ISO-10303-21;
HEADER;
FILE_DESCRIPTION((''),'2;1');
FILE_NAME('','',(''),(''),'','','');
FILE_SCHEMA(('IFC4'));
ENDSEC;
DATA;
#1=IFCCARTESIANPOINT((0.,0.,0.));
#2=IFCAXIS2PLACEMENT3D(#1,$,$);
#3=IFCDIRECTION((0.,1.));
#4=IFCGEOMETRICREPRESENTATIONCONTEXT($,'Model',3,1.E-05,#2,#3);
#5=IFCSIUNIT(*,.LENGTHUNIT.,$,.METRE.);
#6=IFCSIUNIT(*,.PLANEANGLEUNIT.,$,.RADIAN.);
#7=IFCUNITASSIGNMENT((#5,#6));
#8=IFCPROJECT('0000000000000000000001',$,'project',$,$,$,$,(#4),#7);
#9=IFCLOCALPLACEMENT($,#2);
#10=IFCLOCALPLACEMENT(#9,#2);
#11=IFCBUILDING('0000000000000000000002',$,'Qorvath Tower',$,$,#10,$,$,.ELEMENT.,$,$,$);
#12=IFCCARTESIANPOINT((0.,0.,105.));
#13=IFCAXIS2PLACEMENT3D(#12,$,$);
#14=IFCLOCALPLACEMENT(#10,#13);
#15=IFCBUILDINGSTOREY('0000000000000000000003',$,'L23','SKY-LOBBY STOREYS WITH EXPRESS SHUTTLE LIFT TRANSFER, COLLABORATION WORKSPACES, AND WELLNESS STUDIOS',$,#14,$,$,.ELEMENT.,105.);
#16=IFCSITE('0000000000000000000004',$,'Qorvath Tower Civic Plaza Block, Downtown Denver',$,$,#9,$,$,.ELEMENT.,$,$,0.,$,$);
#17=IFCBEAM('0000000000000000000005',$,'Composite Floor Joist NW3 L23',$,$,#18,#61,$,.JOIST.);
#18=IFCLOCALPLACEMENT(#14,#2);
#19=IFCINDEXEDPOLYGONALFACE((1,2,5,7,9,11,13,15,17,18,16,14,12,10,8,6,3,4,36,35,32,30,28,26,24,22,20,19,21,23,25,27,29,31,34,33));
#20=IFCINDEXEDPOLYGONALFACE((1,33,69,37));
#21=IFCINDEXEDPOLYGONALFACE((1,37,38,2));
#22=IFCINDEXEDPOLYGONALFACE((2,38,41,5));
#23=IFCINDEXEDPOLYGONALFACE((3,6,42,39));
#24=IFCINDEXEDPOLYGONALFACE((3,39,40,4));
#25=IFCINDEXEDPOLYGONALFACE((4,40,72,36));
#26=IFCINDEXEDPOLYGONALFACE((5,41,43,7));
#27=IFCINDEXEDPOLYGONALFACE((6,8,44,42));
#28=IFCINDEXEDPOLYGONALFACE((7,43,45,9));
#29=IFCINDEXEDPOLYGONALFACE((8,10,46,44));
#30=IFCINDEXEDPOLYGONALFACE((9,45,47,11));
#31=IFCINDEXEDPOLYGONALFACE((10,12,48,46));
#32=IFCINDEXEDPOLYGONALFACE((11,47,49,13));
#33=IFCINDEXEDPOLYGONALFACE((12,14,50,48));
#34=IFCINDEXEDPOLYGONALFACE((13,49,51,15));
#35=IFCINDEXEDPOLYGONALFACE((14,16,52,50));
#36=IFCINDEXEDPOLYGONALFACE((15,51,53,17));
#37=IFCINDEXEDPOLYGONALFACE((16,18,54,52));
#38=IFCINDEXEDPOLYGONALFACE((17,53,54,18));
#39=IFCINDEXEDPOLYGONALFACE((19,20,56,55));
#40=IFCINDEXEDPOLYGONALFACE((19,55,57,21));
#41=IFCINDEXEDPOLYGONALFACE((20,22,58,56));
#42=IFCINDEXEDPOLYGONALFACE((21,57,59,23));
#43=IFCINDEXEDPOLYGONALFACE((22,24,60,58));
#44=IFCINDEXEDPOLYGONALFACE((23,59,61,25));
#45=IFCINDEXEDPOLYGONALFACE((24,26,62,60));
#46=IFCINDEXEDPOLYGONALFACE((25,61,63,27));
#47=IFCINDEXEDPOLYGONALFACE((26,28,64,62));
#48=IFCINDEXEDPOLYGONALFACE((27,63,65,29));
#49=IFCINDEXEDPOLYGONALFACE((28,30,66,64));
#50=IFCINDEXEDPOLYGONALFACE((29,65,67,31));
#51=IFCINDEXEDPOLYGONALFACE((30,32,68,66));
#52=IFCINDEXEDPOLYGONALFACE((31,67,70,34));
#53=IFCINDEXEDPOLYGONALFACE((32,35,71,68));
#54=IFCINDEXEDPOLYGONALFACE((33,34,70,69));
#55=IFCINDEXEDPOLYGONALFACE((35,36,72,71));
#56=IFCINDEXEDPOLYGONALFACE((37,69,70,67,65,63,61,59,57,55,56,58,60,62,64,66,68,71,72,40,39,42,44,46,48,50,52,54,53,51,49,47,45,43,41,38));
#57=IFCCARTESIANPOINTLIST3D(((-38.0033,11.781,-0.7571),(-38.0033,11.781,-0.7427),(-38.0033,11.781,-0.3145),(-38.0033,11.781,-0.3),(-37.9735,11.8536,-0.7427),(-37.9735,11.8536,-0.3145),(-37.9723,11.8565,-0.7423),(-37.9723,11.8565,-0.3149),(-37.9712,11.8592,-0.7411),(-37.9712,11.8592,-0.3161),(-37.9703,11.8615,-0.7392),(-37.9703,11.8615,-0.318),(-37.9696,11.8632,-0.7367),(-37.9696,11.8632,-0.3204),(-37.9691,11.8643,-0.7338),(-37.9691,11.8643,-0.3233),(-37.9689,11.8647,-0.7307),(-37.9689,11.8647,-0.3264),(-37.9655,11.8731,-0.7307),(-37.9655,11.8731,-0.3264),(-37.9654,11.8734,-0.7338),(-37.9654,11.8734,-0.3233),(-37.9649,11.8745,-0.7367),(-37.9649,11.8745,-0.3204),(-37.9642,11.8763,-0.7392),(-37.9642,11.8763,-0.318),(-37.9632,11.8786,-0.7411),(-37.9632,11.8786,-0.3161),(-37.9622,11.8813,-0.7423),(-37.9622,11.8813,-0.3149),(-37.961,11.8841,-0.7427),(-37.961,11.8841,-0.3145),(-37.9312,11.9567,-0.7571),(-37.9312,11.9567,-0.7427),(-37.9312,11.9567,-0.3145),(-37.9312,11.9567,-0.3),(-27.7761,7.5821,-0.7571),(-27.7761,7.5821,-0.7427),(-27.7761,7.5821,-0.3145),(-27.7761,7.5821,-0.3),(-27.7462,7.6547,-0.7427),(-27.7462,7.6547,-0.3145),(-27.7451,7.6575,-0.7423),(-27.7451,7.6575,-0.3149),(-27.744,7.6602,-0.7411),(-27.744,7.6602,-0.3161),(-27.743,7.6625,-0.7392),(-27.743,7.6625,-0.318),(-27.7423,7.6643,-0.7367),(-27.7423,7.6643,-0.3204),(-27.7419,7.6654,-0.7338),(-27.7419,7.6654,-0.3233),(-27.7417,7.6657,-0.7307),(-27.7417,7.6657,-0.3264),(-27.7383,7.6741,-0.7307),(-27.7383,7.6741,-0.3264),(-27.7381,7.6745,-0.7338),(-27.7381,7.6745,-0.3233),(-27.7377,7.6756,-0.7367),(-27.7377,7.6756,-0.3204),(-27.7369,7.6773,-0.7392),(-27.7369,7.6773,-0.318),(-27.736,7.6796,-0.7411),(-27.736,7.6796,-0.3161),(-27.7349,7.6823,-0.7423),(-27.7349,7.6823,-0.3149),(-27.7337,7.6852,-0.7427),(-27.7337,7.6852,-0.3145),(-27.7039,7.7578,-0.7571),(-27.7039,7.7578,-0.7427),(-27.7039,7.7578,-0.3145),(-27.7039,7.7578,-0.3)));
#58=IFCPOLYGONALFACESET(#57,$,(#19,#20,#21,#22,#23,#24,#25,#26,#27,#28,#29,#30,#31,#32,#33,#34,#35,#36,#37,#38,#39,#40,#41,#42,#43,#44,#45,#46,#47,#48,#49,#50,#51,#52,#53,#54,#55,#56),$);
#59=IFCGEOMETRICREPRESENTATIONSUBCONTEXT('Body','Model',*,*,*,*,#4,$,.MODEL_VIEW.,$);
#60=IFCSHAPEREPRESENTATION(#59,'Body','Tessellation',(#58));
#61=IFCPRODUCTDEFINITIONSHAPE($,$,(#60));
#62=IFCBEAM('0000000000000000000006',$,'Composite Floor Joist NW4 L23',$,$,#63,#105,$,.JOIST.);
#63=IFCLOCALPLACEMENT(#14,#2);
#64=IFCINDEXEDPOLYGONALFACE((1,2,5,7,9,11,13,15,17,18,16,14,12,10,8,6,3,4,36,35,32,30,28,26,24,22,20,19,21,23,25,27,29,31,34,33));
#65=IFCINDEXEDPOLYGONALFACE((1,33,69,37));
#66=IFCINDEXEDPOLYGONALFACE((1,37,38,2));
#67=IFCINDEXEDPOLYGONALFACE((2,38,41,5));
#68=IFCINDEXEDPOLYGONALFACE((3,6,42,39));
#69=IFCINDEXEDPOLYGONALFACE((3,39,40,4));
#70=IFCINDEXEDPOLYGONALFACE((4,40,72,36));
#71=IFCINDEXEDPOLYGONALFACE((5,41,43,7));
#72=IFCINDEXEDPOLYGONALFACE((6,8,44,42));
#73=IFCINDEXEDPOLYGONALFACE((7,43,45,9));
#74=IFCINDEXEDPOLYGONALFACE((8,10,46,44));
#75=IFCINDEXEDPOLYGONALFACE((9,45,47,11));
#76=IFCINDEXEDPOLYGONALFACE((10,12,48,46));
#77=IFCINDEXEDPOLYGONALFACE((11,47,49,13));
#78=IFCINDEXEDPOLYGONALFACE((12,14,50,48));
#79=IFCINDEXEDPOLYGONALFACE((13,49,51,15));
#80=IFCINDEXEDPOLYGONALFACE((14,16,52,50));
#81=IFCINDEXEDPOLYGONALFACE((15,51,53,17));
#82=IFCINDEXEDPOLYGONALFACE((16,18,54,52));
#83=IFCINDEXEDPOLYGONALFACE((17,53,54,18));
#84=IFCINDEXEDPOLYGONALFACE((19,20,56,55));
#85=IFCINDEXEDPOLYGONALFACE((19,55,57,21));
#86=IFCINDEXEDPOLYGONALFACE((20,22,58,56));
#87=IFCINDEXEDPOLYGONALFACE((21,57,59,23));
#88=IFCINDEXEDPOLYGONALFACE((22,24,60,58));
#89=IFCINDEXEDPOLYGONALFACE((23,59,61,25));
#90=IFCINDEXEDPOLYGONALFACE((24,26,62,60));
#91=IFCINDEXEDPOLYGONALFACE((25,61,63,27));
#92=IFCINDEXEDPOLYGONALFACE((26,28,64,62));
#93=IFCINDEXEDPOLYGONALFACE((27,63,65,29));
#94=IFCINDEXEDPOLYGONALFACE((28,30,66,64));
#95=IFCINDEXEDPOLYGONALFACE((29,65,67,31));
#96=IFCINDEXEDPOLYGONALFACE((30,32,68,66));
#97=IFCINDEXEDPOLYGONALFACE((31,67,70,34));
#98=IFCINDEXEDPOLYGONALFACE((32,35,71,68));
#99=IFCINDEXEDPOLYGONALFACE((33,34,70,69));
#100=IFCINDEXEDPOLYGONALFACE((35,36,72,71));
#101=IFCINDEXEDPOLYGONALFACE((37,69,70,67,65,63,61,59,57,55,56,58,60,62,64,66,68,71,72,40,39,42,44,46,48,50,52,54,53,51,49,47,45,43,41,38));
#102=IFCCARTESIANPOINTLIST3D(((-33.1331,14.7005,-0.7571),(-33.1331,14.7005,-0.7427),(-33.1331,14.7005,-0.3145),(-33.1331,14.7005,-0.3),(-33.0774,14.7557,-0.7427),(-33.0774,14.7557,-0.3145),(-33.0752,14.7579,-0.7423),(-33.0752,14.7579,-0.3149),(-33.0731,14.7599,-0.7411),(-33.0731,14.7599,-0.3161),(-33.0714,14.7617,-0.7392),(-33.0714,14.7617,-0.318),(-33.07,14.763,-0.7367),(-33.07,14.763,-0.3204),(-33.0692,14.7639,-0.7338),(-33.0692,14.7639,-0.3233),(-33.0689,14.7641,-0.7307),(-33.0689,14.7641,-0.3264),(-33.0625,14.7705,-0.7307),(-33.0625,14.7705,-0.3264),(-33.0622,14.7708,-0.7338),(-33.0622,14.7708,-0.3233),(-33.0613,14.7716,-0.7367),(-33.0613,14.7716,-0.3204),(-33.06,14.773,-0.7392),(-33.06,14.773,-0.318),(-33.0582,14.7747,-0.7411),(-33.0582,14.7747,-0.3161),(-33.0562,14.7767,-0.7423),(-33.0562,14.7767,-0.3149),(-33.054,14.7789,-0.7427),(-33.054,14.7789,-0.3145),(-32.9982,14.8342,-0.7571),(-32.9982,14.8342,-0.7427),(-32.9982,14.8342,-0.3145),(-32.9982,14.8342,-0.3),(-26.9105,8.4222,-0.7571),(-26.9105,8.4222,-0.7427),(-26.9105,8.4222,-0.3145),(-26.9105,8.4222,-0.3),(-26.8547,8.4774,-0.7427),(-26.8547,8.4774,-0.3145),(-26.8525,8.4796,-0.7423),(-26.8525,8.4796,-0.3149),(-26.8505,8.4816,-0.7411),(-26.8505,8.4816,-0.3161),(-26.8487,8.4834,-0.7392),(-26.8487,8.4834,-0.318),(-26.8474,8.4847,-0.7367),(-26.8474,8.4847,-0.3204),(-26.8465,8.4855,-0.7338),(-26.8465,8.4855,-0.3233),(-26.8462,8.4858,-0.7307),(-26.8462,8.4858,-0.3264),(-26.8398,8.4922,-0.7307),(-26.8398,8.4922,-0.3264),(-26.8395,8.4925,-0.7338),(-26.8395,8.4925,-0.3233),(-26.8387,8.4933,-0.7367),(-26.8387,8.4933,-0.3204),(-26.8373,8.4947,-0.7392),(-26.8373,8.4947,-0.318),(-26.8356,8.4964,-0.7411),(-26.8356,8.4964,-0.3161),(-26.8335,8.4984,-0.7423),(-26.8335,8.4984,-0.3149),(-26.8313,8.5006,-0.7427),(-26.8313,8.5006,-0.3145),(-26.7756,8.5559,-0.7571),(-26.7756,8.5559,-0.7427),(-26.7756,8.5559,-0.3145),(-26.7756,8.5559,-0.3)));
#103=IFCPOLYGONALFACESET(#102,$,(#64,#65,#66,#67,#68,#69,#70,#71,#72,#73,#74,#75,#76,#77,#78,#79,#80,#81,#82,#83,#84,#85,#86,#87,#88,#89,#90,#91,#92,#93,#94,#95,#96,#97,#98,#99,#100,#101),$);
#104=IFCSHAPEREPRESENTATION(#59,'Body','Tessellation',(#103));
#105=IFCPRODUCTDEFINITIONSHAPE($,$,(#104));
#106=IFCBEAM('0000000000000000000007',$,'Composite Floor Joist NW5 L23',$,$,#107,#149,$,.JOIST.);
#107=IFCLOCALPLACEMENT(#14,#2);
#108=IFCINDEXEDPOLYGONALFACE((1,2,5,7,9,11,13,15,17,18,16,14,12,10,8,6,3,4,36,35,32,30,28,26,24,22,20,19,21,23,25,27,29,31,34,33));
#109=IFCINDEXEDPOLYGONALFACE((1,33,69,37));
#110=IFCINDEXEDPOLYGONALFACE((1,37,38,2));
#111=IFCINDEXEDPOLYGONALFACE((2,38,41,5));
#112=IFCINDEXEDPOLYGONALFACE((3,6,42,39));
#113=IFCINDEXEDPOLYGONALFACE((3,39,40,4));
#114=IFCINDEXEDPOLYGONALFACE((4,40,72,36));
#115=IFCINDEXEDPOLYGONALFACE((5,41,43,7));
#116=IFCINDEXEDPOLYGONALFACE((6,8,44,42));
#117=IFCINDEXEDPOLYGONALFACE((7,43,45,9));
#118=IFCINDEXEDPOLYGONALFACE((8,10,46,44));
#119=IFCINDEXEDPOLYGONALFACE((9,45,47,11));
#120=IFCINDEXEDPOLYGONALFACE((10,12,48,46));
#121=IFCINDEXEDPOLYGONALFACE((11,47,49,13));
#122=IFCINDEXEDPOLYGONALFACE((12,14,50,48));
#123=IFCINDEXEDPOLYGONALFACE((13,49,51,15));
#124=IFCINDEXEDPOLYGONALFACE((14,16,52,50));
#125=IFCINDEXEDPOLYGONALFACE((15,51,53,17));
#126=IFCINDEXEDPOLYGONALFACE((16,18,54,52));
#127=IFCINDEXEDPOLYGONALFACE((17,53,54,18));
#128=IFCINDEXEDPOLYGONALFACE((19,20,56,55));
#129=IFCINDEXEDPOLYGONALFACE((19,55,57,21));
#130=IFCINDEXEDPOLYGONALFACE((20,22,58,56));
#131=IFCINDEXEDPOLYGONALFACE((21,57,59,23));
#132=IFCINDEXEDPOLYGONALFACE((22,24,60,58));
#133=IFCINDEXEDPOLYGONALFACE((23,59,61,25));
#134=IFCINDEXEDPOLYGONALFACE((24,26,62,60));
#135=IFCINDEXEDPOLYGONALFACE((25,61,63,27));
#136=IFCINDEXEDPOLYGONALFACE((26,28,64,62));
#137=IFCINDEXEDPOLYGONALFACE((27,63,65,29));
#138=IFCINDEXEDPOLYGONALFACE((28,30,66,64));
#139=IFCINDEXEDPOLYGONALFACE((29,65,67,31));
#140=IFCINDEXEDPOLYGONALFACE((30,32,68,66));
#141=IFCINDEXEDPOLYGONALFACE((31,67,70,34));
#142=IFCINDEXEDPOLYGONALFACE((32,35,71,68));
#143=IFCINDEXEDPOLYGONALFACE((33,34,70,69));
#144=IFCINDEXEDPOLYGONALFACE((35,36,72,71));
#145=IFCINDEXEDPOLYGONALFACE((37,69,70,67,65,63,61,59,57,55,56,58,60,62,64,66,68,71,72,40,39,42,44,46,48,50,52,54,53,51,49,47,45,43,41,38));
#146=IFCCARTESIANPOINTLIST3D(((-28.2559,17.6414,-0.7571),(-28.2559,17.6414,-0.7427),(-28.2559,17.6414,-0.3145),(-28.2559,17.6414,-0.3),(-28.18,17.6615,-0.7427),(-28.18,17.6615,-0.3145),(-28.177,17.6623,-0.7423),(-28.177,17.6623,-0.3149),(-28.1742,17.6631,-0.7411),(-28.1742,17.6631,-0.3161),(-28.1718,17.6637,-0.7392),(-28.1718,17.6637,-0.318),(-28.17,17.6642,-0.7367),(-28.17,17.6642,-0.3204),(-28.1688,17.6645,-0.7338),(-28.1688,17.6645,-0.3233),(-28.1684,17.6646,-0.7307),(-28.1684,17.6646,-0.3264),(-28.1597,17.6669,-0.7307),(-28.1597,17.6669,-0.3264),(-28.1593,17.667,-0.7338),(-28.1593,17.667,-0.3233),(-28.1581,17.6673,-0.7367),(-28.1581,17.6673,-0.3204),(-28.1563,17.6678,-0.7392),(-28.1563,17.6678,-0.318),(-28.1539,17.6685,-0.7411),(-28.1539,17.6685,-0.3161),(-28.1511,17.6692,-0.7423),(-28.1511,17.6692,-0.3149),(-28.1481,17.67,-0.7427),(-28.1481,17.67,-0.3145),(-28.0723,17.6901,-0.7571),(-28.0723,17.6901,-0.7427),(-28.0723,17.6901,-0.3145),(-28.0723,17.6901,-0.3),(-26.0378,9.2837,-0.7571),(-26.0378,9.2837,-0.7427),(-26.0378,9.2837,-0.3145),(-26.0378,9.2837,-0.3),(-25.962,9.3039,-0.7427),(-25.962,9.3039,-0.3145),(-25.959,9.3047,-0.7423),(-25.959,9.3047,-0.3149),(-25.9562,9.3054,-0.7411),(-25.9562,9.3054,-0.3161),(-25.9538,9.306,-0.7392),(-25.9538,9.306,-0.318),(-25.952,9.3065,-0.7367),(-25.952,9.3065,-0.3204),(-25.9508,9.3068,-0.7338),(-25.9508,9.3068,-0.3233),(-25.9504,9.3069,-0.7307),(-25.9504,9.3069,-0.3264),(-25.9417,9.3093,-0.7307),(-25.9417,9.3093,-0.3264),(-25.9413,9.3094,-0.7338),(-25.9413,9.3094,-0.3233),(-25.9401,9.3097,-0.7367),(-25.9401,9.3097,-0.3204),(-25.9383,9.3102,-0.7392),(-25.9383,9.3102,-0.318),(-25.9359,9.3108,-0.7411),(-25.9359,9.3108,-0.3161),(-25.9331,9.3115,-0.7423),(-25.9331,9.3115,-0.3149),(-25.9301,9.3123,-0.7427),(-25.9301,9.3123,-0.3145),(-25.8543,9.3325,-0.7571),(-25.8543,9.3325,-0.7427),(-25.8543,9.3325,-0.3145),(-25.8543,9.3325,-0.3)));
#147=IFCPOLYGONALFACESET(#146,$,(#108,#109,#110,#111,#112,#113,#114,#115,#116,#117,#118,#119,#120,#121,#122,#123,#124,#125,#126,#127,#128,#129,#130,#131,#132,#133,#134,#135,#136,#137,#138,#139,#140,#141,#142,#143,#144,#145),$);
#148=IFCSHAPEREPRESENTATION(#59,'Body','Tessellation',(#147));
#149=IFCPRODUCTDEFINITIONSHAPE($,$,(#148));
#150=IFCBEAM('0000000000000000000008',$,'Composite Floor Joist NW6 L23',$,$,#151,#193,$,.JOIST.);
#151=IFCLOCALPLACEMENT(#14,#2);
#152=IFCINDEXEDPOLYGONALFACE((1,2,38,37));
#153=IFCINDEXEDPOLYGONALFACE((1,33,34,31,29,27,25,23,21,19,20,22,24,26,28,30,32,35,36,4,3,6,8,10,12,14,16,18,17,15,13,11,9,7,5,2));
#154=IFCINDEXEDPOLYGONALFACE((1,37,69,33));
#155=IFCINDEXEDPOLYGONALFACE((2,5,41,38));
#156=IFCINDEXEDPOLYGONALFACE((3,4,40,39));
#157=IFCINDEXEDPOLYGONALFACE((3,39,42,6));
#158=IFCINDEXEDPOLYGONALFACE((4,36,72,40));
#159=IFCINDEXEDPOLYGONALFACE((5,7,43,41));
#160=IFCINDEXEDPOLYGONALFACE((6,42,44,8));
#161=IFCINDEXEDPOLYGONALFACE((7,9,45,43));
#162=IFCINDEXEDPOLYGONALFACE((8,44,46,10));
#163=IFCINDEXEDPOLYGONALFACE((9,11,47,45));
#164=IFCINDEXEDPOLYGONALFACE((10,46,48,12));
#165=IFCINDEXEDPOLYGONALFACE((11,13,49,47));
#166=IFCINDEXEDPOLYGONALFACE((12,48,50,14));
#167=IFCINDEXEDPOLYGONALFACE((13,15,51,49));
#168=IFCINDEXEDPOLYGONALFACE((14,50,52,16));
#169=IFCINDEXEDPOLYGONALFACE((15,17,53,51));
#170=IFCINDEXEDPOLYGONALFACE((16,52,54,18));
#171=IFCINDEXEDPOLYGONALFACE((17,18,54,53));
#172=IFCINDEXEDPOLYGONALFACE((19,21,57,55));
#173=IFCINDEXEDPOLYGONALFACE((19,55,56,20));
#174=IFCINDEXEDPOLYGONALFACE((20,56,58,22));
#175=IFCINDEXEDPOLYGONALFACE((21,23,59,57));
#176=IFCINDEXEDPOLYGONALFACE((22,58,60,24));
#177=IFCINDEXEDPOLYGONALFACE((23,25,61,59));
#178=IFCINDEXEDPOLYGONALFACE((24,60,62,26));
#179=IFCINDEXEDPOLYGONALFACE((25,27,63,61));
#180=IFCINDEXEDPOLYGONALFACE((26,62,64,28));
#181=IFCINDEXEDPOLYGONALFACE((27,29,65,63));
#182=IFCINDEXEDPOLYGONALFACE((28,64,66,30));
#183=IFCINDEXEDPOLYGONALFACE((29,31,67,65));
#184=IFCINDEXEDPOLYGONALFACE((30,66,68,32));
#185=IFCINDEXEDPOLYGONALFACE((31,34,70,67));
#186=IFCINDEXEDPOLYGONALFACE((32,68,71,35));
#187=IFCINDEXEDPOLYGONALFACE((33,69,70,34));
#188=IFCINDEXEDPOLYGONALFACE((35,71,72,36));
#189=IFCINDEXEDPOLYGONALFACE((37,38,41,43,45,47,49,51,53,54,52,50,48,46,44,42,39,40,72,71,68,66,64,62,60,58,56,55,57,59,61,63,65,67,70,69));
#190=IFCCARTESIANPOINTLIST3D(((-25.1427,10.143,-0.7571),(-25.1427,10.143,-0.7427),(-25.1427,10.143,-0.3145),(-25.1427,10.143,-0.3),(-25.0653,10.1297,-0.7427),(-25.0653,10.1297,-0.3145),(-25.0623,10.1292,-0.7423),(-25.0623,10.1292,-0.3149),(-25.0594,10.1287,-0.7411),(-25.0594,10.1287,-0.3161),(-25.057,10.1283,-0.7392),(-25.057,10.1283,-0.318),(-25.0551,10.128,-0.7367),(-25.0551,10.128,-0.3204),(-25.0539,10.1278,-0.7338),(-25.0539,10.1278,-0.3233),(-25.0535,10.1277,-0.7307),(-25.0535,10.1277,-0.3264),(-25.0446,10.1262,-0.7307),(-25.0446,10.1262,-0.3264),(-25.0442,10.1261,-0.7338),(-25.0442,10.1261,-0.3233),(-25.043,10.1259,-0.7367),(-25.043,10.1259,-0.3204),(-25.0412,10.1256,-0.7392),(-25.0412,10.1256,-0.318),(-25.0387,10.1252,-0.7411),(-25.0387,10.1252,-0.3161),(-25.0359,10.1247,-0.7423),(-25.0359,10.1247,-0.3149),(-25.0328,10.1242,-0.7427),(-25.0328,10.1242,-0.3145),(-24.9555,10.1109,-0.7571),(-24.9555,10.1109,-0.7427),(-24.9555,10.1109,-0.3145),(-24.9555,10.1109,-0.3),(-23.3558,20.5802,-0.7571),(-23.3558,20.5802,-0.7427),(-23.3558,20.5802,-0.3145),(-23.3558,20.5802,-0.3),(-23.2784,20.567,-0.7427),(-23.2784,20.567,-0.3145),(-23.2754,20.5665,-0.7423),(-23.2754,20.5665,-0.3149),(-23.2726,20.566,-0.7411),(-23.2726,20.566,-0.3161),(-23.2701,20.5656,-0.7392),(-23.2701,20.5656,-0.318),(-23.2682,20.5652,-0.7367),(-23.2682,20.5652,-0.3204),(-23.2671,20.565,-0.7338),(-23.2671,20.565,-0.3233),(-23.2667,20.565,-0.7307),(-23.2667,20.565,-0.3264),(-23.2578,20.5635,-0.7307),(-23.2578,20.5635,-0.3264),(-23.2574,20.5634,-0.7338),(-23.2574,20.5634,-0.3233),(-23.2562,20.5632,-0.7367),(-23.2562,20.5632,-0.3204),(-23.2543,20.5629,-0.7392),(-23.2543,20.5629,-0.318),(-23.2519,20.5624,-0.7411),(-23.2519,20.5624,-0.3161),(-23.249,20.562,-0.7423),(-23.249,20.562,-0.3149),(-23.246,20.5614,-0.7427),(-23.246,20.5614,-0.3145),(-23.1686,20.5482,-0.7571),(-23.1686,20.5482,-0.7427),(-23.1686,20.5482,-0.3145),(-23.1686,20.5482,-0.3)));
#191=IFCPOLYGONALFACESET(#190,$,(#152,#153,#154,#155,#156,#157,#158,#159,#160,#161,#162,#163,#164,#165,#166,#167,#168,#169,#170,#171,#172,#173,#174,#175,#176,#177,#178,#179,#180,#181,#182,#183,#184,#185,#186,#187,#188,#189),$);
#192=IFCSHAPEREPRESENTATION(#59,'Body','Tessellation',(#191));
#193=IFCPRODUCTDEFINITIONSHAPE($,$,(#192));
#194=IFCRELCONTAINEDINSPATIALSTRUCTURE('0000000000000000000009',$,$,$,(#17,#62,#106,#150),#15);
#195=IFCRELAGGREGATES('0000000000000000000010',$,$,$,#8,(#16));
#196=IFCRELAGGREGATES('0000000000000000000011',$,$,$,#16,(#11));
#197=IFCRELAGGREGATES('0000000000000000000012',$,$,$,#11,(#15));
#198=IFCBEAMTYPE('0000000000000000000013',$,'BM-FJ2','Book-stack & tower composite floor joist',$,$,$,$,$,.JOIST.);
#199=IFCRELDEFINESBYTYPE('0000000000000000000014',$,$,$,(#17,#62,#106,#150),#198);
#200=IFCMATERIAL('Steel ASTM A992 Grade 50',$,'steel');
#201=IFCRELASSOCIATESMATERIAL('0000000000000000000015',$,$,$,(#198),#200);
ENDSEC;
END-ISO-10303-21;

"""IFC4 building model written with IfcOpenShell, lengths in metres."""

from ifc_helpers import new_model, si_unit, direction, frame, origin, origin_2d, place, context, subcontext, project, spatial, i_section, extrude, material, material_profile, profile_set, type_object, element, save


model = new_model("IFC4")

# Units and contexts
model_context = context("Model", 3, precision=1e-05, world=origin(), true_north=direction((0.0, 1.0)))
body_context = subcontext(model_context, "Body", "Model", "MODEL_VIEW")
ifc_project = project(units=[si_unit("LENGTHUNIT", "METRE"), si_unit("PLANEANGLEUNIT", "RADIAN")], contexts=[model_context])

# Site, building, storey
site_placement = place(None, origin())
site = spatial("IfcSite", under=ifc_project, at=site_placement, Name="Qorvath Tower Civic Plaza Block, Downtown Denver", CompositionType="ELEMENT", RefElevation=0.0)
building_placement = place(site_placement, origin())
building = spatial("IfcBuilding", under=site, at=building_placement, Name="Qorvath Tower", CompositionType="ELEMENT")
storey_placement = place(building_placement, frame((0.0, 0.0, 105.0)))
storey = spatial("IfcBuildingStorey", under=building, at=storey_placement, Name="L23", Description="SKY-LOBBY STOREYS WITH EXPRESS SHUTTLE LIFT TRANSFER, COLLABORATION WORKSPACES, AND WELLNESS STUDIOS", CompositionType="ELEMENT", Elevation=105.0)

# Beams
ifc_material_1 = material(Name="Steel ASTM A992 Grade 50", Category="steel")
ifc_material_profile_1 = material_profile(ifc_material_1, i_section(OverallWidth=0.1899, OverallDepth=0.457, WebThickness=0.009, FlangeThickness=0.0144, FilletRadius=0.012, at=origin_2d()), Name="W18x50")
ifc_profile_set_1 = profile_set([ifc_material_profile_1], Name="Steel ASTM A992 Grade 50")
beam_type_1 = type_object("IfcBeamType", Name="BM-FJ2", Description="Book-stack & tower composite floor joist", PredefinedType="JOIST", material=ifc_profile_set_1)
beam_1_placement = place(storey_placement, frame((-27.74, 7.6699, -0.5286), z_axis=(-0.925068, 0.379801, 0.0), x_axis=(-0.379801, -0.925068, 0.0)))
element("IfcBeam", 1, at=beam_1_placement, inside=storey, type_object=beam_type_1, Name="Composite Floor Joist NW3 L23", PredefinedType="JOIST", context=body_context, shape_type="SweptSolid", body=[
    extrude(i_section(OverallWidth=0.1899, OverallDepth=0.457, WebThickness=0.009, FlangeThickness=0.0144, FilletRadius=0.012, at=origin_2d()), origin(), (0.0, 0.0, 1.0), 11.0557),
])
beam_2_placement = place(storey_placement, frame((-26.843, 8.489, -0.5286), z_axis=(-0.703951, 0.710248, 0.0), x_axis=(-0.710248, -0.703951, 0.0)))
element("IfcBeam", 2, at=beam_2_placement, inside=storey, type_object=beam_type_1, Name="Composite Floor Joist NW4 L23", PredefinedType="JOIST", context=body_context, shape_type="SweptSolid", body=[
    extrude(i_section(OverallWidth=0.1899, OverallDepth=0.457, WebThickness=0.009, FlangeThickness=0.0144, FilletRadius=0.012, at=origin_2d()), origin(), (0.0, 0.0, 1.0), 8.8396),
])
beam_3_placement = place(storey_placement, frame((-25.946, 9.3081, -0.5286), z_axis=(-0.256508, 0.966542, 0.0), x_axis=(-0.966542, -0.256508, 0.0)))
element("IfcBeam", 3, at=beam_3_placement, inside=storey, type_object=beam_type_1, Name="Composite Floor Joist NW5 L23", PredefinedType="JOIST", context=body_context, shape_type="SweptSolid", body=[
    extrude(i_section(OverallWidth=0.1899, OverallDepth=0.457, WebThickness=0.009, FlangeThickness=0.0144, FilletRadius=0.012, at=origin_2d()), origin(), (0.0, 0.0, 1.0), 8.647),
])
beam_4_placement = place(storey_placement, frame((-25.0491, 10.127, -0.5286), z_axis=(0.168746, 0.98566, 0.0), x_axis=(-0.98566, 0.168746, 0.0)))
element("IfcBeam", 4, at=beam_4_placement, inside=storey, type_object=beam_type_1, Name="Composite Floor Joist NW6 L23", PredefinedType="JOIST", context=body_context, shape_type="SweptSolid", body=[
    extrude(i_section(OverallWidth=0.1899, OverallDepth=0.457, WebThickness=0.009, FlangeThickness=0.0144, FilletRadius=0.012, at=origin_2d()), origin(), (0.0, 0.0, 1.0), 10.5891),
])

save(model, "model.ifc")
